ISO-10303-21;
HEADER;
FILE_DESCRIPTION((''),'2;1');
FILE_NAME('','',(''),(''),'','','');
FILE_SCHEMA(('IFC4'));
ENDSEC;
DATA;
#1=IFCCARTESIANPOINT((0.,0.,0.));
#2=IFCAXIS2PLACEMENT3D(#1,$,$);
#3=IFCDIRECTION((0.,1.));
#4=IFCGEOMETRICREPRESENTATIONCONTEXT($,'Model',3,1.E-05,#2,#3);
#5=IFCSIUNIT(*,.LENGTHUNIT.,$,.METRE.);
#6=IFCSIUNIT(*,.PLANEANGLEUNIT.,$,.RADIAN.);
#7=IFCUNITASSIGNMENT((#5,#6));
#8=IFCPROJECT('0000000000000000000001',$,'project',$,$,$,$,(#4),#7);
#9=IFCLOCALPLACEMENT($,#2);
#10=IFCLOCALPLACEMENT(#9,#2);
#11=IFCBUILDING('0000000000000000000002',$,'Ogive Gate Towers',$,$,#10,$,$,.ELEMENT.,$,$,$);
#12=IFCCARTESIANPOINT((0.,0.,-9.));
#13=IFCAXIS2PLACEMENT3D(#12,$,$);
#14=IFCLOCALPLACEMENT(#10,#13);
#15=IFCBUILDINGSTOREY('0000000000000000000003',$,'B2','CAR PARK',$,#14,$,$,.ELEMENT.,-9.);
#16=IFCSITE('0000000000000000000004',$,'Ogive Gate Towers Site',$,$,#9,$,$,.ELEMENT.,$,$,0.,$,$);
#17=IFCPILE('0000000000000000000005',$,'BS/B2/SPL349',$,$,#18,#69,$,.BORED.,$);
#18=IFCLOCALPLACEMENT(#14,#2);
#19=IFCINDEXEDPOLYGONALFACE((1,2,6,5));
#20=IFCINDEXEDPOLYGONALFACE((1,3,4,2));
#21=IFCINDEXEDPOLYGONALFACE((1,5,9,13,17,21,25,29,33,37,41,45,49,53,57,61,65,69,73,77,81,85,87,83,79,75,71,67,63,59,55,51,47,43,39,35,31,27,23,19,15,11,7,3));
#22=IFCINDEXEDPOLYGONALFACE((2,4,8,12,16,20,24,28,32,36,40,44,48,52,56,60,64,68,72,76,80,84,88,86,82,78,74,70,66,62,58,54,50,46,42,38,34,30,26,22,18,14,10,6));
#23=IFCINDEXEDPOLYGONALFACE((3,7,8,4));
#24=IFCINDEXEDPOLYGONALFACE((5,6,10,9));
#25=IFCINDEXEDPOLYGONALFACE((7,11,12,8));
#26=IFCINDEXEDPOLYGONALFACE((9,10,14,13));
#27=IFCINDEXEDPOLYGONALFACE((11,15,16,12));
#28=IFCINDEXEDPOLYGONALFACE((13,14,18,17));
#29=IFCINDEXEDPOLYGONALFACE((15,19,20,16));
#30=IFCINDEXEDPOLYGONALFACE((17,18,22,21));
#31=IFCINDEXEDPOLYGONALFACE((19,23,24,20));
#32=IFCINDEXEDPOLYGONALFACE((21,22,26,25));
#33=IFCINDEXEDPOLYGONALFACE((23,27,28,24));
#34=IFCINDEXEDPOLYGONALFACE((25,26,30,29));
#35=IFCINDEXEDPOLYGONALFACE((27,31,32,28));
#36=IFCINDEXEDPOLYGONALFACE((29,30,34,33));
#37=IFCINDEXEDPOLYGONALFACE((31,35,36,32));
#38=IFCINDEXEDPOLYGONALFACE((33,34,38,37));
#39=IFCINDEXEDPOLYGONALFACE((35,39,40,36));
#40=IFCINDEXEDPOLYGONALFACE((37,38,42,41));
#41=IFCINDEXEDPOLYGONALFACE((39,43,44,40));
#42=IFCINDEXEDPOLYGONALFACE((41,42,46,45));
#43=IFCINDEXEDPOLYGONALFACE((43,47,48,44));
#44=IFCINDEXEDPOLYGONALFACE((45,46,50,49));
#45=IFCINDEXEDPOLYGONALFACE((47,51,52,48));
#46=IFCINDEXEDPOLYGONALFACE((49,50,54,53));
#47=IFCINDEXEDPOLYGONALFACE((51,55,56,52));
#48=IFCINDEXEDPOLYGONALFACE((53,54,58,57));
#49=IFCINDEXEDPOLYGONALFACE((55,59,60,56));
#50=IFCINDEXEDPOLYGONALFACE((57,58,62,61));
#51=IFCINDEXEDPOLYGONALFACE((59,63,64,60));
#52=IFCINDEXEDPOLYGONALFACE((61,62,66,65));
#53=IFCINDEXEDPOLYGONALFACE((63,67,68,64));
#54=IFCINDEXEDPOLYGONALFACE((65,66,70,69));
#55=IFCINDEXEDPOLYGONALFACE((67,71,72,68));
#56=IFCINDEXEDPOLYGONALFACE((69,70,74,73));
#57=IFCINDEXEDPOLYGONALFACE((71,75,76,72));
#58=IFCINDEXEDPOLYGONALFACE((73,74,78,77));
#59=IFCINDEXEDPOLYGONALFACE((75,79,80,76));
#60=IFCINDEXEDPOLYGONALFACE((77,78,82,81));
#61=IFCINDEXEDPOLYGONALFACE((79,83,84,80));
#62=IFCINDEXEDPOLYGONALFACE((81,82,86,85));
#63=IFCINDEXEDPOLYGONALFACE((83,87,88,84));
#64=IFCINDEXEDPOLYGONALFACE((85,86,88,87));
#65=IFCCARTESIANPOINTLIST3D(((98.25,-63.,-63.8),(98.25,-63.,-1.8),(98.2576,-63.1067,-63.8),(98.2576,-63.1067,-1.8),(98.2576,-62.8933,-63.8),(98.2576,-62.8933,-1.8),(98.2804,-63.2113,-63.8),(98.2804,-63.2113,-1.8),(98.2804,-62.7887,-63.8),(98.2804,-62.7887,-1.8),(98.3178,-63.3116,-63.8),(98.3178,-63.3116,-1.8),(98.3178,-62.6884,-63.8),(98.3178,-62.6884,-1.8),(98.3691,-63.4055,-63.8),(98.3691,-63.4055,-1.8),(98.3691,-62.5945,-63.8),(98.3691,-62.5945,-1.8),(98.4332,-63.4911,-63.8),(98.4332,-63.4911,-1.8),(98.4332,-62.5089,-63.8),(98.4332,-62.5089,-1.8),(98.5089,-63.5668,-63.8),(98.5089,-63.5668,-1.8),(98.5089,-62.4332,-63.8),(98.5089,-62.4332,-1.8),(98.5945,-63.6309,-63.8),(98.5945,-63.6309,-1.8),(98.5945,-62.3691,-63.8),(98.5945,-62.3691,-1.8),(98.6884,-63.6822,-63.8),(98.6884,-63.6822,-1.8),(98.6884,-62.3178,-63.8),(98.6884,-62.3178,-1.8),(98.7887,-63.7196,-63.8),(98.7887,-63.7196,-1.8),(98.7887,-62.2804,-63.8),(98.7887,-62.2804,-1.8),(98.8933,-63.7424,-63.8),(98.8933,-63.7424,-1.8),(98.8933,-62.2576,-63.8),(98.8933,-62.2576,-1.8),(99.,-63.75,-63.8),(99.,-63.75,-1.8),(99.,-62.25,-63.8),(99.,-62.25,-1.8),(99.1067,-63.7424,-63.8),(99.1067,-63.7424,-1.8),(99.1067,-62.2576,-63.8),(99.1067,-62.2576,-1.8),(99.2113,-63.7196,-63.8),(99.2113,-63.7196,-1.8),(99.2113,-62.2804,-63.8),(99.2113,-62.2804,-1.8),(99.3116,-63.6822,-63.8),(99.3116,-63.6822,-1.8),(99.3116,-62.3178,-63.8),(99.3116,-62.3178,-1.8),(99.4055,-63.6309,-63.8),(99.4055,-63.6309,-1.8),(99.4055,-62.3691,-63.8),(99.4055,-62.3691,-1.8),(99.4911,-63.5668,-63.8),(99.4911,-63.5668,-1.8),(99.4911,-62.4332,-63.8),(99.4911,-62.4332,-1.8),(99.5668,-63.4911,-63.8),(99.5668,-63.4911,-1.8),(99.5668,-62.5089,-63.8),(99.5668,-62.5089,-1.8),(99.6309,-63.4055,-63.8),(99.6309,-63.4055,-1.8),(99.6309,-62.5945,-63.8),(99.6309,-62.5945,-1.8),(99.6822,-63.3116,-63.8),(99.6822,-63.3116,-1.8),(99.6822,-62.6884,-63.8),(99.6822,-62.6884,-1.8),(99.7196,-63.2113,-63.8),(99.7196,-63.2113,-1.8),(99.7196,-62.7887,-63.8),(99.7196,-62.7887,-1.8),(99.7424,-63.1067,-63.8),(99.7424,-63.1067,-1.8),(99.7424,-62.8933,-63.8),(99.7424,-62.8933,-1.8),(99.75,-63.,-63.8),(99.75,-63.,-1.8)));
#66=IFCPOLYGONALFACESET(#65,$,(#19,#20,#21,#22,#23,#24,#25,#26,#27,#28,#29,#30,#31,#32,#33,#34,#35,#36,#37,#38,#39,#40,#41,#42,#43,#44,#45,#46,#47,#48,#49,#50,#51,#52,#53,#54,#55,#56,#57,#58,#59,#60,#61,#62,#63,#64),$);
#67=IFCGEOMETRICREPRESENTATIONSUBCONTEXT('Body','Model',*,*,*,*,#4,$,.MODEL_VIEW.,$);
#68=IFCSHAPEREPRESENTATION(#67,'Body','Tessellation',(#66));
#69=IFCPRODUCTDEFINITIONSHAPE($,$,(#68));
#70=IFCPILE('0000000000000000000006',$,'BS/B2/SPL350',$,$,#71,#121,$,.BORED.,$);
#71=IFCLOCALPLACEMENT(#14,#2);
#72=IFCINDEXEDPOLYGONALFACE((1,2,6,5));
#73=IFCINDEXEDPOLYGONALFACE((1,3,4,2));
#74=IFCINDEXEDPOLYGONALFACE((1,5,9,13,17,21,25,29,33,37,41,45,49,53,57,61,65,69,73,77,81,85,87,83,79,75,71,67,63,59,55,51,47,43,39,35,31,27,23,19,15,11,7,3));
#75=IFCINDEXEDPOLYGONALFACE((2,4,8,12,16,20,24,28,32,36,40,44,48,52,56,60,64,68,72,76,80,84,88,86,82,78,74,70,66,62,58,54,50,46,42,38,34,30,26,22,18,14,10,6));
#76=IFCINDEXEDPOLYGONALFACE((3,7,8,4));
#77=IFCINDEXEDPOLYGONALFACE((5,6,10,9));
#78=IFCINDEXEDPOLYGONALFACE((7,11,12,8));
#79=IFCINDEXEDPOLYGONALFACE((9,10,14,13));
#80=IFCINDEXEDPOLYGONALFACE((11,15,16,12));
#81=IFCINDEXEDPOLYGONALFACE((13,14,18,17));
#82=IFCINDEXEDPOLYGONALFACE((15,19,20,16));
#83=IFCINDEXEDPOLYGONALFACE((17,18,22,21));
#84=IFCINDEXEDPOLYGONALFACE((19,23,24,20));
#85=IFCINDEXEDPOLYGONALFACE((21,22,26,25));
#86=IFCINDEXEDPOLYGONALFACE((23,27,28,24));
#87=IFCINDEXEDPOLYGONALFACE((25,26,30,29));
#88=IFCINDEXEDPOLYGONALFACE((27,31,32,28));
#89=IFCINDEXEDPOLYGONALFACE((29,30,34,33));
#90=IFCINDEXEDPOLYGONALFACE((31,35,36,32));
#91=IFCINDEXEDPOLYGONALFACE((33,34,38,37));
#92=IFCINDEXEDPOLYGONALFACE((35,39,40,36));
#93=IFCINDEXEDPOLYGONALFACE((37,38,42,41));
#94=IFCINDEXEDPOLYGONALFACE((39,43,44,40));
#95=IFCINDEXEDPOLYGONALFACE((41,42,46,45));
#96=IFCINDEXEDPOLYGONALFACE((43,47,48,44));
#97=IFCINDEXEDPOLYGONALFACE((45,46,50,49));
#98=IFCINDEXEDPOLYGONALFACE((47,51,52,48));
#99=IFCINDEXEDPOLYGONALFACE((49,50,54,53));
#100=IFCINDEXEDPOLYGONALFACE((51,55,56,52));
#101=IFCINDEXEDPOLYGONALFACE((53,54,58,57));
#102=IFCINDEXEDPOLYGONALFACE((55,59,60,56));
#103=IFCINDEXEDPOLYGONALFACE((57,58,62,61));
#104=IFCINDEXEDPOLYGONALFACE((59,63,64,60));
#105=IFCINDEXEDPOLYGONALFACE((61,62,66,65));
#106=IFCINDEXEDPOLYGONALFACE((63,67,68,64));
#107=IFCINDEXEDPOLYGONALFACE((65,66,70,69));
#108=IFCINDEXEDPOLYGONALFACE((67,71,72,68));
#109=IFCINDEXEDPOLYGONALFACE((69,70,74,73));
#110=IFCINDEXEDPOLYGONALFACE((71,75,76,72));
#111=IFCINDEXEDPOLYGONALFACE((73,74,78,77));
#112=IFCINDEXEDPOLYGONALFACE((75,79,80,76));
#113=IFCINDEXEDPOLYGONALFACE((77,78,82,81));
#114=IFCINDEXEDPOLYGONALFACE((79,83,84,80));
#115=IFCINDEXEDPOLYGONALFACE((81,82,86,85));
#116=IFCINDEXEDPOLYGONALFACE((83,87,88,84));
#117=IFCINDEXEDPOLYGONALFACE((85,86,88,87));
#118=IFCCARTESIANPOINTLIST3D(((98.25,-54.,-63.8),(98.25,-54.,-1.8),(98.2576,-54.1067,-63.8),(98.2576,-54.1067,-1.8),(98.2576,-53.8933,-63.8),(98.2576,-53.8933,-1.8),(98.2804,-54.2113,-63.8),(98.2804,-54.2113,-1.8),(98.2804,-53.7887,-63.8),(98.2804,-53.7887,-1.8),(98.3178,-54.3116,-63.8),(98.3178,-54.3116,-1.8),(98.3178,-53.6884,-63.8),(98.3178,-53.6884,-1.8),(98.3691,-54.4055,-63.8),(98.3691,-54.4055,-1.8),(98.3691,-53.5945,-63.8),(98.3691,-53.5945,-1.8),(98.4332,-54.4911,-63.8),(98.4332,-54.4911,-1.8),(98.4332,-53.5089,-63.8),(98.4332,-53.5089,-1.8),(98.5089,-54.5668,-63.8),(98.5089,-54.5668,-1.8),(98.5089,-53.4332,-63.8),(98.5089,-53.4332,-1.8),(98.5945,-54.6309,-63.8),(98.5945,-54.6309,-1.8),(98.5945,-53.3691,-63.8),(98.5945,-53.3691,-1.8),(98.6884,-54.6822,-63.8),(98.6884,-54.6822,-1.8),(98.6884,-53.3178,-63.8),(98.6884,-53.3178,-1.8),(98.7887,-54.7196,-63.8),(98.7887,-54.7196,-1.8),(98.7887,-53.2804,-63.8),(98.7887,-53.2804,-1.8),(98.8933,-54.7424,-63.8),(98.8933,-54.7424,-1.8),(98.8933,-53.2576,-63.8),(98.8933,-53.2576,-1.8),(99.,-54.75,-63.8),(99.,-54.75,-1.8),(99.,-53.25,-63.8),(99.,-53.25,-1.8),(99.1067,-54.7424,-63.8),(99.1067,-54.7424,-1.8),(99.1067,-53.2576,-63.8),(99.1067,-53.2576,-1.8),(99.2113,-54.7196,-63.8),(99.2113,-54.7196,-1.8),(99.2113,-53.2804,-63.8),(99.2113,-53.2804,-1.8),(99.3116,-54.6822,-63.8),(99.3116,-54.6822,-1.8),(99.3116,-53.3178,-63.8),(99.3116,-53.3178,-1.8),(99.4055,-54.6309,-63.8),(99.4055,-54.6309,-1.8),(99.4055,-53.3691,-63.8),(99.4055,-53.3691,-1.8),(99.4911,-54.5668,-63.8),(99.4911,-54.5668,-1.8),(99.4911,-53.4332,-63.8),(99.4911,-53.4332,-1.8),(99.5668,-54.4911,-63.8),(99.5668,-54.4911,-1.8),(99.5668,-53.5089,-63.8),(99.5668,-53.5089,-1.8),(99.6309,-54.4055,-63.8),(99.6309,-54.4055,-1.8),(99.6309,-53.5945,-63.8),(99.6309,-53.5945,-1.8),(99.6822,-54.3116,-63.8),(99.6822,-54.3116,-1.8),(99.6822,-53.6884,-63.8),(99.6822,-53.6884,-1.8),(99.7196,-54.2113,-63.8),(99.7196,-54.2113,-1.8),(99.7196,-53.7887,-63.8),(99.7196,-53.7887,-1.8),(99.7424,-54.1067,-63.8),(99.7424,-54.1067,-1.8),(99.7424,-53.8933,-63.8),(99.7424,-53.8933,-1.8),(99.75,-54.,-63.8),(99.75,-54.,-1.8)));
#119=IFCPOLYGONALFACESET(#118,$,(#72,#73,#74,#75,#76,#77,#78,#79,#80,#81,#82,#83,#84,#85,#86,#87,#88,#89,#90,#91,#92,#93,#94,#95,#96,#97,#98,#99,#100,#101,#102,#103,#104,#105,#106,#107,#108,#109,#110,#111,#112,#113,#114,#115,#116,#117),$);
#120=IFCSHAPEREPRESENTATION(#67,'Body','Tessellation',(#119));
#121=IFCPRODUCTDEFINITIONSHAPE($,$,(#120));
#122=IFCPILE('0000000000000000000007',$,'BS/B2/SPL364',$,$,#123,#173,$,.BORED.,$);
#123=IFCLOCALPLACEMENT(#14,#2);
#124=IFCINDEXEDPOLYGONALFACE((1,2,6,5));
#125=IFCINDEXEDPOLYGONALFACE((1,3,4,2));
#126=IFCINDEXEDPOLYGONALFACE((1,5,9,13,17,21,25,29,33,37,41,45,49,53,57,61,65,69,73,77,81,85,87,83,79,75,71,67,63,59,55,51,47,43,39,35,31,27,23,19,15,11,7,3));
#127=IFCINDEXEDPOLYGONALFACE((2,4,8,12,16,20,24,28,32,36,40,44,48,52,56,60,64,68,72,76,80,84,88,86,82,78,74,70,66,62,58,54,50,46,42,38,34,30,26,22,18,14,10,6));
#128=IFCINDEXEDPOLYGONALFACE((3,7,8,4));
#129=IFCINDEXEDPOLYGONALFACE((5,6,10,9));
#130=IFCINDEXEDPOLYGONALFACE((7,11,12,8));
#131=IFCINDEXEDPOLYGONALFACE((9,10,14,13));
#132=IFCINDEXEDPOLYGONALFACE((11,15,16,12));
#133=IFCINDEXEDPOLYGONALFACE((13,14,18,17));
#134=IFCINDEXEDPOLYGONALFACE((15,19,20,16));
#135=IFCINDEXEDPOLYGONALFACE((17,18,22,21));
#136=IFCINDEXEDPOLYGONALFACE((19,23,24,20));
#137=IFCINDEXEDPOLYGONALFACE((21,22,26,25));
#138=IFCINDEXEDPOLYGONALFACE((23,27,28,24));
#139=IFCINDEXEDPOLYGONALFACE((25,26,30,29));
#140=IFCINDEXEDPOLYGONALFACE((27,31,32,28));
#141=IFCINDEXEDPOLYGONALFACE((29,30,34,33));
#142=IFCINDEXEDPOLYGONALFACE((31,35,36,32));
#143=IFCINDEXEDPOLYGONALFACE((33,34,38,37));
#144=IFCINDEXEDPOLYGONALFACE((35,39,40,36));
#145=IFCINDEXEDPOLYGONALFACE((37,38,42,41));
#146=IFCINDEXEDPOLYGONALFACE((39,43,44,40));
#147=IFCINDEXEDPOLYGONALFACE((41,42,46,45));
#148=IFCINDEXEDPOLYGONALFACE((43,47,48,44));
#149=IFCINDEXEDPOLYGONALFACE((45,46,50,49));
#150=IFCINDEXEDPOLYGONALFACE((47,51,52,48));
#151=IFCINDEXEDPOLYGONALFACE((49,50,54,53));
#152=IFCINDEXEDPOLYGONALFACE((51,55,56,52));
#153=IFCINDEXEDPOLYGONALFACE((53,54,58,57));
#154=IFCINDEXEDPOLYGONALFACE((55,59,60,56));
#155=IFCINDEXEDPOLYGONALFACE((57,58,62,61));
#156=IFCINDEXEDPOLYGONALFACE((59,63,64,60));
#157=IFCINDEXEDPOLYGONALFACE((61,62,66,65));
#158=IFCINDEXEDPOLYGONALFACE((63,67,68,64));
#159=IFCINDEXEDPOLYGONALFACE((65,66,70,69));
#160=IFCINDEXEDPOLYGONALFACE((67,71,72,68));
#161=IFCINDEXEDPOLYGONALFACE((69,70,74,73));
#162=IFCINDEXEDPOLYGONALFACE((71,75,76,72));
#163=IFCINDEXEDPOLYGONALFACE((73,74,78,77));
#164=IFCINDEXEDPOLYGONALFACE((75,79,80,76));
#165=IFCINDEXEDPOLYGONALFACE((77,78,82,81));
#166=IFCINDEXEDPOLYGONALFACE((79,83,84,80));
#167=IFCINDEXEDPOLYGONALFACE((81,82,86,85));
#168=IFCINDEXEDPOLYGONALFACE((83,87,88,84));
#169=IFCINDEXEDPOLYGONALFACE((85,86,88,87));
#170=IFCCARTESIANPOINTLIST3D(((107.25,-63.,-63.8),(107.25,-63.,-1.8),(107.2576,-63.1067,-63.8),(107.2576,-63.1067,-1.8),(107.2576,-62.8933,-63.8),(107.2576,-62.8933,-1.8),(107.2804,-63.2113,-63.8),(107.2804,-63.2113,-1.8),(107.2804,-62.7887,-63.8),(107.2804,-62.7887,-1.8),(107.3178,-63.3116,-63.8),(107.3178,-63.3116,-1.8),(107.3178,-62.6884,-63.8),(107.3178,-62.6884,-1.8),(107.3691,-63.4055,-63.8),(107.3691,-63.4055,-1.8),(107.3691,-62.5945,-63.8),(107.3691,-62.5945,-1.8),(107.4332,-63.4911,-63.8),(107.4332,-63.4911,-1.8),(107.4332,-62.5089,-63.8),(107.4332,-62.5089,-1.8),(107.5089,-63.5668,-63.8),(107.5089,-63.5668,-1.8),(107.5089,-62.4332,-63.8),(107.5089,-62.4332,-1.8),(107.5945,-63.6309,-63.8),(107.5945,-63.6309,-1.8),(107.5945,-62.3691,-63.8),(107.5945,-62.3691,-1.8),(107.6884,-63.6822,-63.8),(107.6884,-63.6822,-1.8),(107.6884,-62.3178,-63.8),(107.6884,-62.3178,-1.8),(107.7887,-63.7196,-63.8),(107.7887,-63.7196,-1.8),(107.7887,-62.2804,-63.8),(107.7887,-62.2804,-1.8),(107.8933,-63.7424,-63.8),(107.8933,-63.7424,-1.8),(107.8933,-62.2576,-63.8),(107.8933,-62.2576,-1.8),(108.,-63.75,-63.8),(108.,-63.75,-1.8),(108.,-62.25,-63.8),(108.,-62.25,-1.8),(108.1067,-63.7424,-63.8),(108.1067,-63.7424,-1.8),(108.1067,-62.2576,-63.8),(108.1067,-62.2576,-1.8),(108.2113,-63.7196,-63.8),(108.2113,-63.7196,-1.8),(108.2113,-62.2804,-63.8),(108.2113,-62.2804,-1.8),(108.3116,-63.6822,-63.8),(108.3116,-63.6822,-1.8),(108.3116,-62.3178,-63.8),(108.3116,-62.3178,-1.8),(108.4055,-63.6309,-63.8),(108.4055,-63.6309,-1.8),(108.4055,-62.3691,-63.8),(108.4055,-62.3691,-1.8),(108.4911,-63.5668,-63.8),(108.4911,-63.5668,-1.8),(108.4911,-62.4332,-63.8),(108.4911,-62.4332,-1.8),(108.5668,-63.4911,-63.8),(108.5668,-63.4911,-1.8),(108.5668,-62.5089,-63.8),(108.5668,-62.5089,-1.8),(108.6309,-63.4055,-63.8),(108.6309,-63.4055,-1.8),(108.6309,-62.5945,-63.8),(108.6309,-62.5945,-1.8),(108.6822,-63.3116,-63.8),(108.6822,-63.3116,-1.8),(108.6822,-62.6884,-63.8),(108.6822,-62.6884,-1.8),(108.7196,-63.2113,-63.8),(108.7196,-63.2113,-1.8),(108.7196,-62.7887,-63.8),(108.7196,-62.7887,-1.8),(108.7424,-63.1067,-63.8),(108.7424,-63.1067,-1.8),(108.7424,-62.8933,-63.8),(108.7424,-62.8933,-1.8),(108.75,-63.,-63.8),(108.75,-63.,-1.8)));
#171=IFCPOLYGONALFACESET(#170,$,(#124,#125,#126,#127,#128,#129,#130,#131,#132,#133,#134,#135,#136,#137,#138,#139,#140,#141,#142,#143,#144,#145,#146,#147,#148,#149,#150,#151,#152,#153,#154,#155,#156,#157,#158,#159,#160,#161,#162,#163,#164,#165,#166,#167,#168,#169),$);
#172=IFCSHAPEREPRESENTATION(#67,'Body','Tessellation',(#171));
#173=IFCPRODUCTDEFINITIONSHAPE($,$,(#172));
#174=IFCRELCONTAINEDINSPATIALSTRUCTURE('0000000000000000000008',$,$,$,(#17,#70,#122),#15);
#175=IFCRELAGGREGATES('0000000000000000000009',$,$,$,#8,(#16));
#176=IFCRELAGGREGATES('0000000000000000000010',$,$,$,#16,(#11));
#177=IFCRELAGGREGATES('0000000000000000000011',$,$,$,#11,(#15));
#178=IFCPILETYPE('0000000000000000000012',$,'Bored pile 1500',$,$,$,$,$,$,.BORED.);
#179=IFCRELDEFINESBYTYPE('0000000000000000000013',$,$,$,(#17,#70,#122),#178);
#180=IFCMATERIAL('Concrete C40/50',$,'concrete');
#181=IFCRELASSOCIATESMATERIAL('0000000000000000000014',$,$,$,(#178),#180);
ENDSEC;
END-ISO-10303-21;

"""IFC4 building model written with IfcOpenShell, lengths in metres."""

from ifc_helpers import new_model, si_unit, direction, frame, origin, origin_2d, place, context, subcontext, project, spatial, circle, extrude, material, material_profile, profile_set, type_object, element, save


model = new_model("IFC4")

# Units and contexts
model_context = context("Model", 3, precision=1e-05, world=origin(), true_north=direction((0.0, 1.0)))
body_context = subcontext(model_context, "Body", "Model", "MODEL_VIEW")
ifc_project = project(units=[si_unit("LENGTHUNIT", "METRE"), si_unit("PLANEANGLEUNIT", "RADIAN")], contexts=[model_context])

# Site, building, storey
site_placement = place(None, origin())
site = spatial("IfcSite", under=ifc_project, at=site_placement, Name="Ogive Gate Towers Site", CompositionType="ELEMENT", RefElevation=0.0)
building_placement = place(site_placement, origin())
building = spatial("IfcBuilding", under=site, at=building_placement, Name="Ogive Gate Towers", CompositionType="ELEMENT")
storey_placement = place(building_placement, frame((0.0, 0.0, -9.0)))
storey = spatial("IfcBuildingStorey", under=building, at=storey_placement, Name="B2", Description="CAR PARK", CompositionType="ELEMENT", Elevation=-9.0)

# Piles
ifc_material_1 = material(Name="Concrete C40/50", Category="concrete")
ifc_material_profile_1 = material_profile(ifc_material_1, circle(Radius=0.75, at=origin_2d()), Name="BP 1500")
ifc_profile_set_1 = profile_set([ifc_material_profile_1], Name="Concrete C40/50")
pile_type = type_object("IfcPileType", Name="Bored pile 1500", PredefinedType="BORED", material=ifc_profile_set_1)
for number, where, z_axis, x_axis, name in (
    (1, (99.0, -63.0, -1.8), (0.0, 0.0, -1.0), (1.0, 0.0, 0.0), "BS/B2/SPL349"),
    (2, (99.0, -54.0, -1.8), (0.0, 0.0, -1.0), (1.0, 0.0, 0.0), "BS/B2/SPL350"),
    (3, (108.0, -63.0, -1.8), (0.0, 0.0, -1.0), (1.0, 0.0, 0.0), "BS/B2/SPL364"),
):
    element("IfcPile", number, at=place(storey_placement, frame(where, z_axis=z_axis, x_axis=x_axis)), inside=storey, type_object=pile_type, Name=name, PredefinedType="BORED", context=body_context, shape_type="SweptSolid", body=[
        extrude(circle(Radius=0.75, at=origin_2d()), origin(), (0.0, 0.0, 1.0), 62.0),
    ])

save(model, "model.ifc")
